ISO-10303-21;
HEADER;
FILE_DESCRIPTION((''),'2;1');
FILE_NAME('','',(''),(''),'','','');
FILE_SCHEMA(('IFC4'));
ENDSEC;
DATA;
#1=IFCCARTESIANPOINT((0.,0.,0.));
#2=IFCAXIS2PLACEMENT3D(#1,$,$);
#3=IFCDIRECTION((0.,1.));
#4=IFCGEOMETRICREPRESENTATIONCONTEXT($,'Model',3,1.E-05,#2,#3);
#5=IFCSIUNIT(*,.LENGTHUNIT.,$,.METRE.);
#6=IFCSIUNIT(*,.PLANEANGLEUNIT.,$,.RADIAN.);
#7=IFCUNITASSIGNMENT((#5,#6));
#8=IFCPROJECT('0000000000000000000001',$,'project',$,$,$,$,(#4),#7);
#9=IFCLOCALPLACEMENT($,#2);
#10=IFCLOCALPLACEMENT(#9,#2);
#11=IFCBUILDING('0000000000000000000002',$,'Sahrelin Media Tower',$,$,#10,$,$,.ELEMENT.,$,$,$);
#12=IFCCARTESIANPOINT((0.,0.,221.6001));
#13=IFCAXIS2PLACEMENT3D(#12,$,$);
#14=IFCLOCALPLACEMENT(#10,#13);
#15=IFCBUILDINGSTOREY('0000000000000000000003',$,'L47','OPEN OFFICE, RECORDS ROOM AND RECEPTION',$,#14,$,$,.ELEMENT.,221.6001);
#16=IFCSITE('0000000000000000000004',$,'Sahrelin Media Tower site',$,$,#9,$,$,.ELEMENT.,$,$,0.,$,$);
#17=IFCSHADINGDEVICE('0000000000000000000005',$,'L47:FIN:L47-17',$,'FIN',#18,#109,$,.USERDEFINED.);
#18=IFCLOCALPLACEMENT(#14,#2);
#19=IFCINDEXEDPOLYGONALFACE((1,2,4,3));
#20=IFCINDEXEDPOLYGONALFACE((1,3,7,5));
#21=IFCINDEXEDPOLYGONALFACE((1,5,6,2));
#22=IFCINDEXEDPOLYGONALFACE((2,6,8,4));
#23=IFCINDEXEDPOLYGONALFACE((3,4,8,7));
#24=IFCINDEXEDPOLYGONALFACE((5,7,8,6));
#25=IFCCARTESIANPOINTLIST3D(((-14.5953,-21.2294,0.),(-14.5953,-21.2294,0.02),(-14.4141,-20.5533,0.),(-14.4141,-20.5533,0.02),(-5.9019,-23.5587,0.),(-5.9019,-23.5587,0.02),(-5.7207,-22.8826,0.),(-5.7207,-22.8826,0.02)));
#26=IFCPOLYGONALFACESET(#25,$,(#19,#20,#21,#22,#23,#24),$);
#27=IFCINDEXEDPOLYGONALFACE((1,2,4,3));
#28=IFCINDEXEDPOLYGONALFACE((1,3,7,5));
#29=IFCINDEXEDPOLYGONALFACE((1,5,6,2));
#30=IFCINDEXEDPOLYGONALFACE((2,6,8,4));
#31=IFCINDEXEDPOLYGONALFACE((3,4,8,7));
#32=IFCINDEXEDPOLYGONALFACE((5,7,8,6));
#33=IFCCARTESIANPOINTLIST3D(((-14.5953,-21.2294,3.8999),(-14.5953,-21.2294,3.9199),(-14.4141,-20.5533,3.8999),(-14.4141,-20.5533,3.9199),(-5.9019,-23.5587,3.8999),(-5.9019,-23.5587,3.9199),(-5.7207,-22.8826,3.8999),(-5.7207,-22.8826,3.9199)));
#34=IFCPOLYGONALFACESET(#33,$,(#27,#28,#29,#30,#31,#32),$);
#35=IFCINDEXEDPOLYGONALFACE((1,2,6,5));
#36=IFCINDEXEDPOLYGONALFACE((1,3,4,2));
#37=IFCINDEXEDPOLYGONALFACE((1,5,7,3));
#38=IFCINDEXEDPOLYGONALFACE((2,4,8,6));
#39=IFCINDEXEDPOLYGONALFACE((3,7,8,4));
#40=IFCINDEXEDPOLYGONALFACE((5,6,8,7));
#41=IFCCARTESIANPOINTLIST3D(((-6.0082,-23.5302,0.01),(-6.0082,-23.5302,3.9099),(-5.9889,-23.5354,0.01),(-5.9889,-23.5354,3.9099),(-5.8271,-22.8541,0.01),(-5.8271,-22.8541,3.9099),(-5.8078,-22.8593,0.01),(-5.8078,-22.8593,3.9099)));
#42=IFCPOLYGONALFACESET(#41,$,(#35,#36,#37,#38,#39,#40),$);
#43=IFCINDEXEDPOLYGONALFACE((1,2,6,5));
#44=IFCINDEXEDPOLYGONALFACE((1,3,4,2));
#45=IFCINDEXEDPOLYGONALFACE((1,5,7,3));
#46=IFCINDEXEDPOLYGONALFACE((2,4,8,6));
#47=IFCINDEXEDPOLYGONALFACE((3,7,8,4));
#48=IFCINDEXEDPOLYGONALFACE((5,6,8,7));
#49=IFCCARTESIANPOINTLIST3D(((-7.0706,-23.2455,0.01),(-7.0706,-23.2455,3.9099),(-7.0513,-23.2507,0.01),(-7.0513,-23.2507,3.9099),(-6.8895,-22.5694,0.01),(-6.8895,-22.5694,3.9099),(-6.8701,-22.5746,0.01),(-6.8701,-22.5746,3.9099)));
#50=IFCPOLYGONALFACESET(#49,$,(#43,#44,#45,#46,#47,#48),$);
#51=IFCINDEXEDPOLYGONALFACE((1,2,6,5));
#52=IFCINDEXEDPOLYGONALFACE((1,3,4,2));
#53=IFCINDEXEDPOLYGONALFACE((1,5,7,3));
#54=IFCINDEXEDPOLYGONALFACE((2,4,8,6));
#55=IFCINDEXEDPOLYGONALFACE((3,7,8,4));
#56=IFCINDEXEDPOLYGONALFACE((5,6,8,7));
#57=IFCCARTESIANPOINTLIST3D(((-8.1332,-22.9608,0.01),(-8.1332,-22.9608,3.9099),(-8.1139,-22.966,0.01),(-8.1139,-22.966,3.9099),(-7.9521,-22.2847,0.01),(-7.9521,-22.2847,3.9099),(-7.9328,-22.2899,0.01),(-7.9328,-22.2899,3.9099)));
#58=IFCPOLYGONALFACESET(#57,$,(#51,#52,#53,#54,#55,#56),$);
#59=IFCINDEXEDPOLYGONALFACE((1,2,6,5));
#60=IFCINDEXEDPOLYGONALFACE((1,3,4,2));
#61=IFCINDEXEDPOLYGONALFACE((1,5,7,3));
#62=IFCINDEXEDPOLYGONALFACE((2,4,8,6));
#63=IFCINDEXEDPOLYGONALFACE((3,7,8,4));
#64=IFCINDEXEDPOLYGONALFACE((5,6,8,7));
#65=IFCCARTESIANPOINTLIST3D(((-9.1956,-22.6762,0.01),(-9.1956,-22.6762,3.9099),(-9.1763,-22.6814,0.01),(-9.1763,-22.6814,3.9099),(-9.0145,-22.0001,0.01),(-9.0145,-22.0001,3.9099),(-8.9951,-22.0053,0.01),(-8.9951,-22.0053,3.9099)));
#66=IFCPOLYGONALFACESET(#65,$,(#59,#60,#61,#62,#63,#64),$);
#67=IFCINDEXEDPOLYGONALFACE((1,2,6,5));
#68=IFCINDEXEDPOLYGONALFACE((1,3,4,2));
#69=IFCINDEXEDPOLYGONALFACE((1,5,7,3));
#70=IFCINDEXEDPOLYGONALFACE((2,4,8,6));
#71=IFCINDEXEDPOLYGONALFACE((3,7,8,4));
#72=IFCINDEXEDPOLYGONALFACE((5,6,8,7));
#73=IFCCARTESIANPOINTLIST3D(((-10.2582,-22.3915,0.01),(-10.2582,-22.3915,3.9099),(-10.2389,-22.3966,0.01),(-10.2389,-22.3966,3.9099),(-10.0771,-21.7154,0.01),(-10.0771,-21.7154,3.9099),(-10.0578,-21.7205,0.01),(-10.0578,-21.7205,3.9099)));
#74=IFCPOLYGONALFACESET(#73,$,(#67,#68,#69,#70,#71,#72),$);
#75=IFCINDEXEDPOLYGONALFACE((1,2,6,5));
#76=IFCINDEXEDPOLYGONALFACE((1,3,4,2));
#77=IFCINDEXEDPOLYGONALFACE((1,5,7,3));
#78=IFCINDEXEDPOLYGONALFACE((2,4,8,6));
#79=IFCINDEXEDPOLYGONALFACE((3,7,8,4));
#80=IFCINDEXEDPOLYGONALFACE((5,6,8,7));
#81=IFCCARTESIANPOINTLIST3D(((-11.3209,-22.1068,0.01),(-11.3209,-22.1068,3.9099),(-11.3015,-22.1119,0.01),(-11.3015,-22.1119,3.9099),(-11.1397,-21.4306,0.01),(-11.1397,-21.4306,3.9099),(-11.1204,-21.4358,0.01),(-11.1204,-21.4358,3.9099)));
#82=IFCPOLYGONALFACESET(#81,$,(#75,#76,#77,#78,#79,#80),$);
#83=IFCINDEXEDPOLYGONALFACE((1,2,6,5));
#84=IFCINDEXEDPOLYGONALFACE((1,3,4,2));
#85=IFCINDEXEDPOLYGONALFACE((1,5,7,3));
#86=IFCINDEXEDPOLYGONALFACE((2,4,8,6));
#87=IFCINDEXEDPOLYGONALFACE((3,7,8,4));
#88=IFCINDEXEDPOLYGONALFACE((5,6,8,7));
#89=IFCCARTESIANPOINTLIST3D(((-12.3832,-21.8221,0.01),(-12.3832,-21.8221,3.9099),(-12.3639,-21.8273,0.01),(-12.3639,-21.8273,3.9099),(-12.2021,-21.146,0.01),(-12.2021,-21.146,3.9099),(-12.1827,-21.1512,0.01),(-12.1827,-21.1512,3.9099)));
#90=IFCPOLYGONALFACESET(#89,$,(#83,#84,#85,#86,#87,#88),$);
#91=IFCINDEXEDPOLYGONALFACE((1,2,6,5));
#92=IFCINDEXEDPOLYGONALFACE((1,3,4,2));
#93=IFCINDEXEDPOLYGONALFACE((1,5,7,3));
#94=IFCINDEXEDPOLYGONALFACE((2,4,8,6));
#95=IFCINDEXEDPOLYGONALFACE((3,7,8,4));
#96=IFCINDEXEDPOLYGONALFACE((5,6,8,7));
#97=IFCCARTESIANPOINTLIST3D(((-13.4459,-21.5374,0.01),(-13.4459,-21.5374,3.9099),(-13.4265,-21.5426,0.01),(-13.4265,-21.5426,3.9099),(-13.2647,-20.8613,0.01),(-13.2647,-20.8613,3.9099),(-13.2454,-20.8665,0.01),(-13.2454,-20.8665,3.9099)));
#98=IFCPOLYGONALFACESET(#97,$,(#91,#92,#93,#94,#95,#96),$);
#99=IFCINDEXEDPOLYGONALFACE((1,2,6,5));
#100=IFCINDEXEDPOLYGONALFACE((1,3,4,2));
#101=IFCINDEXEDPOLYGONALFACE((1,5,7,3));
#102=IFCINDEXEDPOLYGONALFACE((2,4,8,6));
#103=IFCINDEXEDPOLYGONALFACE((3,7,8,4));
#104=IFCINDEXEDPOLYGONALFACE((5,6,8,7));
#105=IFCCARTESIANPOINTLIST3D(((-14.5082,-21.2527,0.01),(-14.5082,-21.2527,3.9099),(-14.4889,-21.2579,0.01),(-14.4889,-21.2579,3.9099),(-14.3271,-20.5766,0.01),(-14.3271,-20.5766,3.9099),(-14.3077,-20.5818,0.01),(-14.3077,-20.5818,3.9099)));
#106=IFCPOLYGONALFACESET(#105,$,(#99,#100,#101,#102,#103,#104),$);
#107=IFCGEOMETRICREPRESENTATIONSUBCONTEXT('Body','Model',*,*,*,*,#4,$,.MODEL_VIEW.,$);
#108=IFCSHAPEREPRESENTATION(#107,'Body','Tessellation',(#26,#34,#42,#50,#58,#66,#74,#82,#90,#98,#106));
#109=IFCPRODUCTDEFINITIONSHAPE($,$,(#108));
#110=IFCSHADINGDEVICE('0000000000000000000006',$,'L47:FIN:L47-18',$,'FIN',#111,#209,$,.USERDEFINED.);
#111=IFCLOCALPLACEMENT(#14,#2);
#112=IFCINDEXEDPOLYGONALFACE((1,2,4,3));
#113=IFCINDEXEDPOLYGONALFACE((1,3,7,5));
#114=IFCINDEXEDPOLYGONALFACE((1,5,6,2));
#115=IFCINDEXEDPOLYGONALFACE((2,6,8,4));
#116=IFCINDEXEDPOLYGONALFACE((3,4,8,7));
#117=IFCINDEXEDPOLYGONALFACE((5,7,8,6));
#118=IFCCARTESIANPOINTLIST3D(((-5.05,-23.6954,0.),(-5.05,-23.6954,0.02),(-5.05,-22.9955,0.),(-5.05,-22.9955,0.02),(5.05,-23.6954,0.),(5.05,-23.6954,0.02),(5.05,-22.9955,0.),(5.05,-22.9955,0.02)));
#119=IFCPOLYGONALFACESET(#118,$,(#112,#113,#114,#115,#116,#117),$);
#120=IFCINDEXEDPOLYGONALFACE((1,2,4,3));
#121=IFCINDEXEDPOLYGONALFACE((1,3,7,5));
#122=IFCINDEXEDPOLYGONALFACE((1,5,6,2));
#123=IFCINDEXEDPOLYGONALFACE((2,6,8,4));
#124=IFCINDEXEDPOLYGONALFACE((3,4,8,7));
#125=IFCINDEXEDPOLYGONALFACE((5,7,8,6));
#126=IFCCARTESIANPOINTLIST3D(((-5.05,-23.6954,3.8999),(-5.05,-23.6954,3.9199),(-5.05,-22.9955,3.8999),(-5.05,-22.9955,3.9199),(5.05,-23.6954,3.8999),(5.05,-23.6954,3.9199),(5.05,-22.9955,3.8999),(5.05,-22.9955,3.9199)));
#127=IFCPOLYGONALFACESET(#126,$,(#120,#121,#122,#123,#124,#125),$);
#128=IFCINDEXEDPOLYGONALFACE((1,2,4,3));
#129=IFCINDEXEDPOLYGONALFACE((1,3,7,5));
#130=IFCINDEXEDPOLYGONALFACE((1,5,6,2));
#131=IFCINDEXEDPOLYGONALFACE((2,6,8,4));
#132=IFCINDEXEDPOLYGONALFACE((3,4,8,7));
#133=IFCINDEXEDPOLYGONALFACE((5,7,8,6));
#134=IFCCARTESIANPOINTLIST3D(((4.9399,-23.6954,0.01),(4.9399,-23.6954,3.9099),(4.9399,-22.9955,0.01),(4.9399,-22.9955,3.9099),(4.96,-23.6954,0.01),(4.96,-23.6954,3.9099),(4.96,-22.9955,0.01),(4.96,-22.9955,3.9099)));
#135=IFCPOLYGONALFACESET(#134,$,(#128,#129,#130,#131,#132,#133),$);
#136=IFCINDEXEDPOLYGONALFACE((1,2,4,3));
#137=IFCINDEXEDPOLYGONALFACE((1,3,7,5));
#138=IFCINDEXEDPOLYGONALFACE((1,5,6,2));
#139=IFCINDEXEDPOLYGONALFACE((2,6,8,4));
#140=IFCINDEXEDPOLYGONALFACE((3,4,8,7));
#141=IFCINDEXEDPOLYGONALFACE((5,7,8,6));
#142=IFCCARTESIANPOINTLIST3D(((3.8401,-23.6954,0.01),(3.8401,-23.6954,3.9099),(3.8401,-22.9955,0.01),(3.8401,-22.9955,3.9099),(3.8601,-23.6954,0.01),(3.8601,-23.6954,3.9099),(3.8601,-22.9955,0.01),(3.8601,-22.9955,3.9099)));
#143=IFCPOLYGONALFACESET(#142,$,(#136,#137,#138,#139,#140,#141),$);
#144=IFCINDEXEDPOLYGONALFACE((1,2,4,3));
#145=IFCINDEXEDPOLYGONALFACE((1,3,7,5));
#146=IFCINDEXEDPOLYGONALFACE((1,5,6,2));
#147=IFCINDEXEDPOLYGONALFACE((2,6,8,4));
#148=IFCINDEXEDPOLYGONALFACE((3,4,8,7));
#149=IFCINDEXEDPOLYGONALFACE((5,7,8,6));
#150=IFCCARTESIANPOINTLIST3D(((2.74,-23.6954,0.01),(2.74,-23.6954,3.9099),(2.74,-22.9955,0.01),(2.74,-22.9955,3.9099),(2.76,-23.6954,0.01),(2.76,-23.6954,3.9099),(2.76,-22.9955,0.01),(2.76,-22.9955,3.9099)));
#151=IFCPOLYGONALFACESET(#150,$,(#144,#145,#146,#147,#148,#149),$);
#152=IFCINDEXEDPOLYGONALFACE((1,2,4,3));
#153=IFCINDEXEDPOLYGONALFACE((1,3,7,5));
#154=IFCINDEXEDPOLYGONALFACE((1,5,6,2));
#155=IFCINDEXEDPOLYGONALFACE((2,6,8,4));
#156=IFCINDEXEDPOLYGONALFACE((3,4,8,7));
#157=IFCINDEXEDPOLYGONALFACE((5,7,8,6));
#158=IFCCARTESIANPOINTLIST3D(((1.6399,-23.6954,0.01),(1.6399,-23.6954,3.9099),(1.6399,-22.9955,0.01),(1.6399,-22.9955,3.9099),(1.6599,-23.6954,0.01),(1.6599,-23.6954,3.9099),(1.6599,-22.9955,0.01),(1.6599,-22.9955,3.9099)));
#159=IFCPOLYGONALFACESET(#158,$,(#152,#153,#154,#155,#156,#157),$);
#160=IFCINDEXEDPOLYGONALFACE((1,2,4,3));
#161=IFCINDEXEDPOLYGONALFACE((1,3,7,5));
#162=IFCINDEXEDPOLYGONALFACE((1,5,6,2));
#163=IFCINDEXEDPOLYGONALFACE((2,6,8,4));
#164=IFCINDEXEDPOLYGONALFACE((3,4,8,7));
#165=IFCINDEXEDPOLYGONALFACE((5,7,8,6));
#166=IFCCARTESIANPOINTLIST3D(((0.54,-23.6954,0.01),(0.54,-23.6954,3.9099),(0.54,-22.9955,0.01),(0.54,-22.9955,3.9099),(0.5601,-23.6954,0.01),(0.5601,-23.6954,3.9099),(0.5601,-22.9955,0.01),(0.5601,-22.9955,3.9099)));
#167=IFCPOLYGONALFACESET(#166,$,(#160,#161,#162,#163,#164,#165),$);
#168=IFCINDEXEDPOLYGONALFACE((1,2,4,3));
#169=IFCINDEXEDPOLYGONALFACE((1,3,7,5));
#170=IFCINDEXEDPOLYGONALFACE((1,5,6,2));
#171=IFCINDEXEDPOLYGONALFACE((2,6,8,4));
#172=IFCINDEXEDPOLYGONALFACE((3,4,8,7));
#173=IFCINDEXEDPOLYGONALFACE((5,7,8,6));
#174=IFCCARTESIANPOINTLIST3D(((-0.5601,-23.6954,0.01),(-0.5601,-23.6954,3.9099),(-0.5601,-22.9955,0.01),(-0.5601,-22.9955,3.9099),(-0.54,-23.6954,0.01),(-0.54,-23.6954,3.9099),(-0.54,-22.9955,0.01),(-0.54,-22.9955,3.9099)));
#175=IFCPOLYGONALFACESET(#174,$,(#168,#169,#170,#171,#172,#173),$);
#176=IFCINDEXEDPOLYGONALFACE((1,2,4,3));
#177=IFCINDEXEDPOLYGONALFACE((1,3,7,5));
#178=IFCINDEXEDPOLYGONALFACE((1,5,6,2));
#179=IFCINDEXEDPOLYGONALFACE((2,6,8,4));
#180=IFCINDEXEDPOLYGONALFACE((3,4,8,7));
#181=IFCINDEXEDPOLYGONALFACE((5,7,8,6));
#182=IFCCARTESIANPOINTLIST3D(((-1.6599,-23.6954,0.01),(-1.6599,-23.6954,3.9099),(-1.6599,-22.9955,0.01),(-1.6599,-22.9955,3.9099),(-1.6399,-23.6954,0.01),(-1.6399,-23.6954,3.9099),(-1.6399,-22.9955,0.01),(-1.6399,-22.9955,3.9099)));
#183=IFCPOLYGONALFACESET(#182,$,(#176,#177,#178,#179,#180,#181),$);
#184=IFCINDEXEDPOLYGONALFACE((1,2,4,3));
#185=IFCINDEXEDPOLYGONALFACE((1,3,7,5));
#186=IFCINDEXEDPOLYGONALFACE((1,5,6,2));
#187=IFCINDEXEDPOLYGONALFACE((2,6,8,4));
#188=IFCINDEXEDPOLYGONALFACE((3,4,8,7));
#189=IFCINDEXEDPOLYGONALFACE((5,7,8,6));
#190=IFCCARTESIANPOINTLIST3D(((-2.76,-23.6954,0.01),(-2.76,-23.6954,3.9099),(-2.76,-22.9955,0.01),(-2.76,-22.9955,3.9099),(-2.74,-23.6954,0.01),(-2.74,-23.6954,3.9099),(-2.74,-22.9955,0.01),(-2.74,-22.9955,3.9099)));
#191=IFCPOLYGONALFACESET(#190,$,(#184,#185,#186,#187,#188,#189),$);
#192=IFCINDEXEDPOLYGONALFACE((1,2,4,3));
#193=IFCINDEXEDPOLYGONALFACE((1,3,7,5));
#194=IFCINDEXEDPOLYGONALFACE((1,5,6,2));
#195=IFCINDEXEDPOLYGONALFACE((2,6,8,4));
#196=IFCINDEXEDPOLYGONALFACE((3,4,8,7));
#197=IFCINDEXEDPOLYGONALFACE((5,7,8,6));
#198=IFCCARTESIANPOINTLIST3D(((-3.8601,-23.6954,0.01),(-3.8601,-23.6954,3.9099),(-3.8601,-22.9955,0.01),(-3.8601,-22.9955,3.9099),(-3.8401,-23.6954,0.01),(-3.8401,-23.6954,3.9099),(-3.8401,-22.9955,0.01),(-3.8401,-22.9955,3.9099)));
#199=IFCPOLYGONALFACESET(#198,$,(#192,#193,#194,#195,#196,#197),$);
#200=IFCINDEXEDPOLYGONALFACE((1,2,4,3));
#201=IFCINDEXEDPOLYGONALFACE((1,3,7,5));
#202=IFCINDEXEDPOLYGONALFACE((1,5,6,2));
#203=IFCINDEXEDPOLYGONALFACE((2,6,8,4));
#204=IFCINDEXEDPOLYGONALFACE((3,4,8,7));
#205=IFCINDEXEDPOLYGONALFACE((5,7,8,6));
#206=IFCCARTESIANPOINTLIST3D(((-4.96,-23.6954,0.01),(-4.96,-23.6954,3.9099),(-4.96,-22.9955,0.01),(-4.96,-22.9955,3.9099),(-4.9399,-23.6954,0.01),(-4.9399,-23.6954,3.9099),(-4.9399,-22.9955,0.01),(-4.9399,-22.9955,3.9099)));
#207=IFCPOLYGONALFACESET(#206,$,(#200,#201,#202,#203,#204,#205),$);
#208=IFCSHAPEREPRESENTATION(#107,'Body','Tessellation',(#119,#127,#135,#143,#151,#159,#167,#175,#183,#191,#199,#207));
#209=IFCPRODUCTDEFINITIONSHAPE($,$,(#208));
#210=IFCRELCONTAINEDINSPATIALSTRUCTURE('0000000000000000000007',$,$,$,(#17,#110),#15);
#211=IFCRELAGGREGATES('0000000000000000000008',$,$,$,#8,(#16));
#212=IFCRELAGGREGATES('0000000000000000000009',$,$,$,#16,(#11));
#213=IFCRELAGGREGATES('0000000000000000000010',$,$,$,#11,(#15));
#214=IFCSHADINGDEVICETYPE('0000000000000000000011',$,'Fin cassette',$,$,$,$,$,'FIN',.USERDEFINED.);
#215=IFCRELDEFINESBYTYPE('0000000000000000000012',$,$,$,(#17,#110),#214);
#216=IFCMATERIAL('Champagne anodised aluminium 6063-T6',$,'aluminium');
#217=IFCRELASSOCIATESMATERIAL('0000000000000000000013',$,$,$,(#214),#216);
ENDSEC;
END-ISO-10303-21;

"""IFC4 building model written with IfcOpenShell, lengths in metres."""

from ifc_helpers import new_model, si_unit, direction, frame, origin, origin_2d, place, context, subcontext, project, spatial, rectangle, extrude, material, type_object, element, save


model = new_model("IFC4")

# Units and contexts
model_context = context("Model", 3, precision=1e-05, world=origin(), true_north=direction((0.0, 1.0)))
body_context = subcontext(model_context, "Body", "Model", "MODEL_VIEW")
ifc_project = project(units=[si_unit("LENGTHUNIT", "METRE"), si_unit("PLANEANGLEUNIT", "RADIAN")], contexts=[model_context])

# Site, building, storey
site_placement = place(None, origin())
site = spatial("IfcSite", under=ifc_project, at=site_placement, Name="Sahrelin Media Tower site", CompositionType="ELEMENT", RefElevation=0.0)
building_placement = place(site_placement, origin())
building = spatial("IfcBuilding", under=site, at=building_placement, Name="Sahrelin Media Tower", CompositionType="ELEMENT")
storey_placement = place(building_placement, frame((0.0, 0.0, 221.6001)))
storey = spatial("IfcBuildingStorey", under=building, at=storey_placement, Name="L47", Description="OPEN OFFICE, RECORDS ROOM AND RECEPTION", CompositionType="ELEMENT", Elevation=221.6001)

# Shared definitions
ifc_material_1 = material(Name="Champagne anodised aluminium 6063-T6", Category="aluminium")

# Shading devices
shading_device_type_1 = type_object("IfcShadingDeviceType", Name="Fin cassette", ElementType="FIN", PredefinedType="USERDEFINED", material=ifc_material_1)
placement_1 = place(storey_placement, frame((-10.0493, -21.6504, 0.0), z_axis=(0.0, 0.0, 1.0), x_axis=(-0.965929, 0.258808, 0.0)))
element("IfcShadingDevice", 1, at=placement_1, inside=storey, type_object=shading_device_type_1, Name="L47:FIN:L47-17", ObjectType="FIN", PredefinedType="USERDEFINED", context=body_context, shape_type="SweptSolid", body=[
    extrude(rectangle(XDim=9.0, YDim=0.7, at=origin_2d()), frame((0.0, 0.4199, 0.0)), (0.0, 0.0, 1.0), 0.02),
    extrude(rectangle(XDim=9.0, YDim=0.7, at=origin_2d()), frame((0.0, 0.4199, 3.8999)), (0.0, 0.0, 1.0), 0.02),
    extrude(rectangle(XDim=0.02, YDim=0.7, at=origin_2d()), frame((-4.3999, 0.4199, 0.01), z_axis=(0.0, 0.0, 1.0), x_axis=(1.0, 0.0, 0.0)), (0.0, 0.0, 1.0), 3.8999),
    extrude(rectangle(XDim=0.02, YDim=0.7, at=origin_2d()), frame((-3.3, 0.4199, 0.01), z_axis=(0.0, 0.0, 1.0), x_axis=(1.0, 0.0, 0.0)), (0.0, 0.0, 1.0), 3.8999),
    extrude(rectangle(XDim=0.02, YDim=0.7, at=origin_2d()), frame((-2.2, 0.4199, 0.01), z_axis=(0.0, 0.0, 1.0), x_axis=(1.0, 0.0, 0.0)), (0.0, 0.0, 1.0), 3.8999),
    extrude(rectangle(XDim=0.02, YDim=0.7, at=origin_2d()), frame((-1.1001, 0.4199, 0.01), z_axis=(0.0, 0.0, 1.0), x_axis=(1.0, 0.0, 0.0)), (0.0, 0.0, 1.0), 3.8999),
    extrude(rectangle(XDim=0.02, YDim=0.7, at=origin_2d()), frame((0.0, 0.4199, 0.01), z_axis=(0.0, 0.0, 1.0), x_axis=(1.0, 0.0, 0.0)), (0.0, 0.0, 1.0), 3.8999),
    extrude(rectangle(XDim=0.02, YDim=0.7, at=origin_2d()), frame((1.1001, 0.4199, 0.01), z_axis=(0.0, 0.0, 1.0), x_axis=(1.0, 0.0, 0.0)), (0.0, 0.0, 1.0), 3.8999),
    extrude(rectangle(XDim=0.02, YDim=0.7, at=origin_2d()), frame((2.2, 0.4199, 0.01), z_axis=(0.0, 0.0, 1.0), x_axis=(1.0, 0.0, 0.0)), (0.0, 0.0, 1.0), 3.8999),
    extrude(rectangle(XDim=0.02, YDim=0.7, at=origin_2d()), frame((3.3, 0.4199, 0.01), z_axis=(0.0, 0.0, 1.0), x_axis=(1.0, 0.0, 0.0)), (0.0, 0.0, 1.0), 3.8999),
    extrude(rectangle(XDim=0.02, YDim=0.7, at=origin_2d()), frame((4.3999, 0.4199, 0.01), z_axis=(0.0, 0.0, 1.0), x_axis=(1.0, 0.0, 0.0)), (0.0, 0.0, 1.0), 3.8999),
])
placement_2 = place(storey_placement, frame((0.0, -22.9255, 0.0), z_axis=(0.0, 0.0, 1.0), x_axis=(-1.0, 0.0, 0.0)))
element("IfcShadingDevice", 2, at=placement_2, inside=storey, type_object=shading_device_type_1, Name="L47:FIN:L47-18", ObjectType="FIN", PredefinedType="USERDEFINED", context=body_context, shape_type="SweptSolid", body=[
    extrude(rectangle(XDim=10.1001, YDim=0.7, at=origin_2d()), frame((0.0, 0.4199, 0.0)), (0.0, 0.0, 1.0), 0.02),
    extrude(rectangle(XDim=10.1001, YDim=0.7, at=origin_2d()), frame((0.0, 0.4199, 3.8999)), (0.0, 0.0, 1.0), 0.02),
    extrude(rectangle(XDim=0.02, YDim=0.7, at=origin_2d()), frame((-4.95, 0.4199, 0.01), z_axis=(0.0, 0.0, 1.0), x_axis=(1.0, 0.0, 0.0)), (0.0, 0.0, 1.0), 3.8999),
    extrude(rectangle(XDim=0.02, YDim=0.7, at=origin_2d()), frame((-3.8501, 0.4199, 0.01), z_axis=(0.0, 0.0, 1.0), x_axis=(1.0, 0.0, 0.0)), (0.0, 0.0, 1.0), 3.8999),
    extrude(rectangle(XDim=0.02, YDim=0.7, at=origin_2d()), frame((-2.75, 0.4199, 0.01), z_axis=(0.0, 0.0, 1.0), x_axis=(1.0, 0.0, 0.0)), (0.0, 0.0, 1.0), 3.8999),
    extrude(rectangle(XDim=0.02, YDim=0.7, at=origin_2d()), frame((-1.6499, 0.4199, 0.01), z_axis=(0.0, 0.0, 1.0), x_axis=(1.0, 0.0, 0.0)), (0.0, 0.0, 1.0), 3.8999),
    extrude(rectangle(XDim=0.02, YDim=0.7, at=origin_2d()), frame((-0.55, 0.4199, 0.01), z_axis=(0.0, 0.0, 1.0), x_axis=(1.0, 0.0, 0.0)), (0.0, 0.0, 1.0), 3.8999),
    extrude(rectangle(XDim=0.02, YDim=0.7, at=origin_2d()), frame((0.55, 0.4199, 0.01), z_axis=(0.0, 0.0, 1.0), x_axis=(1.0, 0.0, 0.0)), (0.0, 0.0, 1.0), 3.8999),
    extrude(rectangle(XDim=0.02, YDim=0.7, at=origin_2d()), frame((1.6499, 0.4199, 0.01), z_axis=(0.0, 0.0, 1.0), x_axis=(1.0, 0.0, 0.0)), (0.0, 0.0, 1.0), 3.8999),
    extrude(rectangle(XDim=0.02, YDim=0.7, at=origin_2d()), frame((2.75, 0.4199, 0.01), z_axis=(0.0, 0.0, 1.0), x_axis=(1.0, 0.0, 0.0)), (0.0, 0.0, 1.0), 3.8999),
    extrude(rectangle(XDim=0.02, YDim=0.7, at=origin_2d()), frame((3.8501, 0.4199, 0.01), z_axis=(0.0, 0.0, 1.0), x_axis=(1.0, 0.0, 0.0)), (0.0, 0.0, 1.0), 3.8999),
    extrude(rectangle(XDim=0.02, YDim=0.7, at=origin_2d()), frame((4.95, 0.4199, 0.01), z_axis=(0.0, 0.0, 1.0), x_axis=(1.0, 0.0, 0.0)), (0.0, 0.0, 1.0), 3.8999),
])

save(model, "model.ifc")
